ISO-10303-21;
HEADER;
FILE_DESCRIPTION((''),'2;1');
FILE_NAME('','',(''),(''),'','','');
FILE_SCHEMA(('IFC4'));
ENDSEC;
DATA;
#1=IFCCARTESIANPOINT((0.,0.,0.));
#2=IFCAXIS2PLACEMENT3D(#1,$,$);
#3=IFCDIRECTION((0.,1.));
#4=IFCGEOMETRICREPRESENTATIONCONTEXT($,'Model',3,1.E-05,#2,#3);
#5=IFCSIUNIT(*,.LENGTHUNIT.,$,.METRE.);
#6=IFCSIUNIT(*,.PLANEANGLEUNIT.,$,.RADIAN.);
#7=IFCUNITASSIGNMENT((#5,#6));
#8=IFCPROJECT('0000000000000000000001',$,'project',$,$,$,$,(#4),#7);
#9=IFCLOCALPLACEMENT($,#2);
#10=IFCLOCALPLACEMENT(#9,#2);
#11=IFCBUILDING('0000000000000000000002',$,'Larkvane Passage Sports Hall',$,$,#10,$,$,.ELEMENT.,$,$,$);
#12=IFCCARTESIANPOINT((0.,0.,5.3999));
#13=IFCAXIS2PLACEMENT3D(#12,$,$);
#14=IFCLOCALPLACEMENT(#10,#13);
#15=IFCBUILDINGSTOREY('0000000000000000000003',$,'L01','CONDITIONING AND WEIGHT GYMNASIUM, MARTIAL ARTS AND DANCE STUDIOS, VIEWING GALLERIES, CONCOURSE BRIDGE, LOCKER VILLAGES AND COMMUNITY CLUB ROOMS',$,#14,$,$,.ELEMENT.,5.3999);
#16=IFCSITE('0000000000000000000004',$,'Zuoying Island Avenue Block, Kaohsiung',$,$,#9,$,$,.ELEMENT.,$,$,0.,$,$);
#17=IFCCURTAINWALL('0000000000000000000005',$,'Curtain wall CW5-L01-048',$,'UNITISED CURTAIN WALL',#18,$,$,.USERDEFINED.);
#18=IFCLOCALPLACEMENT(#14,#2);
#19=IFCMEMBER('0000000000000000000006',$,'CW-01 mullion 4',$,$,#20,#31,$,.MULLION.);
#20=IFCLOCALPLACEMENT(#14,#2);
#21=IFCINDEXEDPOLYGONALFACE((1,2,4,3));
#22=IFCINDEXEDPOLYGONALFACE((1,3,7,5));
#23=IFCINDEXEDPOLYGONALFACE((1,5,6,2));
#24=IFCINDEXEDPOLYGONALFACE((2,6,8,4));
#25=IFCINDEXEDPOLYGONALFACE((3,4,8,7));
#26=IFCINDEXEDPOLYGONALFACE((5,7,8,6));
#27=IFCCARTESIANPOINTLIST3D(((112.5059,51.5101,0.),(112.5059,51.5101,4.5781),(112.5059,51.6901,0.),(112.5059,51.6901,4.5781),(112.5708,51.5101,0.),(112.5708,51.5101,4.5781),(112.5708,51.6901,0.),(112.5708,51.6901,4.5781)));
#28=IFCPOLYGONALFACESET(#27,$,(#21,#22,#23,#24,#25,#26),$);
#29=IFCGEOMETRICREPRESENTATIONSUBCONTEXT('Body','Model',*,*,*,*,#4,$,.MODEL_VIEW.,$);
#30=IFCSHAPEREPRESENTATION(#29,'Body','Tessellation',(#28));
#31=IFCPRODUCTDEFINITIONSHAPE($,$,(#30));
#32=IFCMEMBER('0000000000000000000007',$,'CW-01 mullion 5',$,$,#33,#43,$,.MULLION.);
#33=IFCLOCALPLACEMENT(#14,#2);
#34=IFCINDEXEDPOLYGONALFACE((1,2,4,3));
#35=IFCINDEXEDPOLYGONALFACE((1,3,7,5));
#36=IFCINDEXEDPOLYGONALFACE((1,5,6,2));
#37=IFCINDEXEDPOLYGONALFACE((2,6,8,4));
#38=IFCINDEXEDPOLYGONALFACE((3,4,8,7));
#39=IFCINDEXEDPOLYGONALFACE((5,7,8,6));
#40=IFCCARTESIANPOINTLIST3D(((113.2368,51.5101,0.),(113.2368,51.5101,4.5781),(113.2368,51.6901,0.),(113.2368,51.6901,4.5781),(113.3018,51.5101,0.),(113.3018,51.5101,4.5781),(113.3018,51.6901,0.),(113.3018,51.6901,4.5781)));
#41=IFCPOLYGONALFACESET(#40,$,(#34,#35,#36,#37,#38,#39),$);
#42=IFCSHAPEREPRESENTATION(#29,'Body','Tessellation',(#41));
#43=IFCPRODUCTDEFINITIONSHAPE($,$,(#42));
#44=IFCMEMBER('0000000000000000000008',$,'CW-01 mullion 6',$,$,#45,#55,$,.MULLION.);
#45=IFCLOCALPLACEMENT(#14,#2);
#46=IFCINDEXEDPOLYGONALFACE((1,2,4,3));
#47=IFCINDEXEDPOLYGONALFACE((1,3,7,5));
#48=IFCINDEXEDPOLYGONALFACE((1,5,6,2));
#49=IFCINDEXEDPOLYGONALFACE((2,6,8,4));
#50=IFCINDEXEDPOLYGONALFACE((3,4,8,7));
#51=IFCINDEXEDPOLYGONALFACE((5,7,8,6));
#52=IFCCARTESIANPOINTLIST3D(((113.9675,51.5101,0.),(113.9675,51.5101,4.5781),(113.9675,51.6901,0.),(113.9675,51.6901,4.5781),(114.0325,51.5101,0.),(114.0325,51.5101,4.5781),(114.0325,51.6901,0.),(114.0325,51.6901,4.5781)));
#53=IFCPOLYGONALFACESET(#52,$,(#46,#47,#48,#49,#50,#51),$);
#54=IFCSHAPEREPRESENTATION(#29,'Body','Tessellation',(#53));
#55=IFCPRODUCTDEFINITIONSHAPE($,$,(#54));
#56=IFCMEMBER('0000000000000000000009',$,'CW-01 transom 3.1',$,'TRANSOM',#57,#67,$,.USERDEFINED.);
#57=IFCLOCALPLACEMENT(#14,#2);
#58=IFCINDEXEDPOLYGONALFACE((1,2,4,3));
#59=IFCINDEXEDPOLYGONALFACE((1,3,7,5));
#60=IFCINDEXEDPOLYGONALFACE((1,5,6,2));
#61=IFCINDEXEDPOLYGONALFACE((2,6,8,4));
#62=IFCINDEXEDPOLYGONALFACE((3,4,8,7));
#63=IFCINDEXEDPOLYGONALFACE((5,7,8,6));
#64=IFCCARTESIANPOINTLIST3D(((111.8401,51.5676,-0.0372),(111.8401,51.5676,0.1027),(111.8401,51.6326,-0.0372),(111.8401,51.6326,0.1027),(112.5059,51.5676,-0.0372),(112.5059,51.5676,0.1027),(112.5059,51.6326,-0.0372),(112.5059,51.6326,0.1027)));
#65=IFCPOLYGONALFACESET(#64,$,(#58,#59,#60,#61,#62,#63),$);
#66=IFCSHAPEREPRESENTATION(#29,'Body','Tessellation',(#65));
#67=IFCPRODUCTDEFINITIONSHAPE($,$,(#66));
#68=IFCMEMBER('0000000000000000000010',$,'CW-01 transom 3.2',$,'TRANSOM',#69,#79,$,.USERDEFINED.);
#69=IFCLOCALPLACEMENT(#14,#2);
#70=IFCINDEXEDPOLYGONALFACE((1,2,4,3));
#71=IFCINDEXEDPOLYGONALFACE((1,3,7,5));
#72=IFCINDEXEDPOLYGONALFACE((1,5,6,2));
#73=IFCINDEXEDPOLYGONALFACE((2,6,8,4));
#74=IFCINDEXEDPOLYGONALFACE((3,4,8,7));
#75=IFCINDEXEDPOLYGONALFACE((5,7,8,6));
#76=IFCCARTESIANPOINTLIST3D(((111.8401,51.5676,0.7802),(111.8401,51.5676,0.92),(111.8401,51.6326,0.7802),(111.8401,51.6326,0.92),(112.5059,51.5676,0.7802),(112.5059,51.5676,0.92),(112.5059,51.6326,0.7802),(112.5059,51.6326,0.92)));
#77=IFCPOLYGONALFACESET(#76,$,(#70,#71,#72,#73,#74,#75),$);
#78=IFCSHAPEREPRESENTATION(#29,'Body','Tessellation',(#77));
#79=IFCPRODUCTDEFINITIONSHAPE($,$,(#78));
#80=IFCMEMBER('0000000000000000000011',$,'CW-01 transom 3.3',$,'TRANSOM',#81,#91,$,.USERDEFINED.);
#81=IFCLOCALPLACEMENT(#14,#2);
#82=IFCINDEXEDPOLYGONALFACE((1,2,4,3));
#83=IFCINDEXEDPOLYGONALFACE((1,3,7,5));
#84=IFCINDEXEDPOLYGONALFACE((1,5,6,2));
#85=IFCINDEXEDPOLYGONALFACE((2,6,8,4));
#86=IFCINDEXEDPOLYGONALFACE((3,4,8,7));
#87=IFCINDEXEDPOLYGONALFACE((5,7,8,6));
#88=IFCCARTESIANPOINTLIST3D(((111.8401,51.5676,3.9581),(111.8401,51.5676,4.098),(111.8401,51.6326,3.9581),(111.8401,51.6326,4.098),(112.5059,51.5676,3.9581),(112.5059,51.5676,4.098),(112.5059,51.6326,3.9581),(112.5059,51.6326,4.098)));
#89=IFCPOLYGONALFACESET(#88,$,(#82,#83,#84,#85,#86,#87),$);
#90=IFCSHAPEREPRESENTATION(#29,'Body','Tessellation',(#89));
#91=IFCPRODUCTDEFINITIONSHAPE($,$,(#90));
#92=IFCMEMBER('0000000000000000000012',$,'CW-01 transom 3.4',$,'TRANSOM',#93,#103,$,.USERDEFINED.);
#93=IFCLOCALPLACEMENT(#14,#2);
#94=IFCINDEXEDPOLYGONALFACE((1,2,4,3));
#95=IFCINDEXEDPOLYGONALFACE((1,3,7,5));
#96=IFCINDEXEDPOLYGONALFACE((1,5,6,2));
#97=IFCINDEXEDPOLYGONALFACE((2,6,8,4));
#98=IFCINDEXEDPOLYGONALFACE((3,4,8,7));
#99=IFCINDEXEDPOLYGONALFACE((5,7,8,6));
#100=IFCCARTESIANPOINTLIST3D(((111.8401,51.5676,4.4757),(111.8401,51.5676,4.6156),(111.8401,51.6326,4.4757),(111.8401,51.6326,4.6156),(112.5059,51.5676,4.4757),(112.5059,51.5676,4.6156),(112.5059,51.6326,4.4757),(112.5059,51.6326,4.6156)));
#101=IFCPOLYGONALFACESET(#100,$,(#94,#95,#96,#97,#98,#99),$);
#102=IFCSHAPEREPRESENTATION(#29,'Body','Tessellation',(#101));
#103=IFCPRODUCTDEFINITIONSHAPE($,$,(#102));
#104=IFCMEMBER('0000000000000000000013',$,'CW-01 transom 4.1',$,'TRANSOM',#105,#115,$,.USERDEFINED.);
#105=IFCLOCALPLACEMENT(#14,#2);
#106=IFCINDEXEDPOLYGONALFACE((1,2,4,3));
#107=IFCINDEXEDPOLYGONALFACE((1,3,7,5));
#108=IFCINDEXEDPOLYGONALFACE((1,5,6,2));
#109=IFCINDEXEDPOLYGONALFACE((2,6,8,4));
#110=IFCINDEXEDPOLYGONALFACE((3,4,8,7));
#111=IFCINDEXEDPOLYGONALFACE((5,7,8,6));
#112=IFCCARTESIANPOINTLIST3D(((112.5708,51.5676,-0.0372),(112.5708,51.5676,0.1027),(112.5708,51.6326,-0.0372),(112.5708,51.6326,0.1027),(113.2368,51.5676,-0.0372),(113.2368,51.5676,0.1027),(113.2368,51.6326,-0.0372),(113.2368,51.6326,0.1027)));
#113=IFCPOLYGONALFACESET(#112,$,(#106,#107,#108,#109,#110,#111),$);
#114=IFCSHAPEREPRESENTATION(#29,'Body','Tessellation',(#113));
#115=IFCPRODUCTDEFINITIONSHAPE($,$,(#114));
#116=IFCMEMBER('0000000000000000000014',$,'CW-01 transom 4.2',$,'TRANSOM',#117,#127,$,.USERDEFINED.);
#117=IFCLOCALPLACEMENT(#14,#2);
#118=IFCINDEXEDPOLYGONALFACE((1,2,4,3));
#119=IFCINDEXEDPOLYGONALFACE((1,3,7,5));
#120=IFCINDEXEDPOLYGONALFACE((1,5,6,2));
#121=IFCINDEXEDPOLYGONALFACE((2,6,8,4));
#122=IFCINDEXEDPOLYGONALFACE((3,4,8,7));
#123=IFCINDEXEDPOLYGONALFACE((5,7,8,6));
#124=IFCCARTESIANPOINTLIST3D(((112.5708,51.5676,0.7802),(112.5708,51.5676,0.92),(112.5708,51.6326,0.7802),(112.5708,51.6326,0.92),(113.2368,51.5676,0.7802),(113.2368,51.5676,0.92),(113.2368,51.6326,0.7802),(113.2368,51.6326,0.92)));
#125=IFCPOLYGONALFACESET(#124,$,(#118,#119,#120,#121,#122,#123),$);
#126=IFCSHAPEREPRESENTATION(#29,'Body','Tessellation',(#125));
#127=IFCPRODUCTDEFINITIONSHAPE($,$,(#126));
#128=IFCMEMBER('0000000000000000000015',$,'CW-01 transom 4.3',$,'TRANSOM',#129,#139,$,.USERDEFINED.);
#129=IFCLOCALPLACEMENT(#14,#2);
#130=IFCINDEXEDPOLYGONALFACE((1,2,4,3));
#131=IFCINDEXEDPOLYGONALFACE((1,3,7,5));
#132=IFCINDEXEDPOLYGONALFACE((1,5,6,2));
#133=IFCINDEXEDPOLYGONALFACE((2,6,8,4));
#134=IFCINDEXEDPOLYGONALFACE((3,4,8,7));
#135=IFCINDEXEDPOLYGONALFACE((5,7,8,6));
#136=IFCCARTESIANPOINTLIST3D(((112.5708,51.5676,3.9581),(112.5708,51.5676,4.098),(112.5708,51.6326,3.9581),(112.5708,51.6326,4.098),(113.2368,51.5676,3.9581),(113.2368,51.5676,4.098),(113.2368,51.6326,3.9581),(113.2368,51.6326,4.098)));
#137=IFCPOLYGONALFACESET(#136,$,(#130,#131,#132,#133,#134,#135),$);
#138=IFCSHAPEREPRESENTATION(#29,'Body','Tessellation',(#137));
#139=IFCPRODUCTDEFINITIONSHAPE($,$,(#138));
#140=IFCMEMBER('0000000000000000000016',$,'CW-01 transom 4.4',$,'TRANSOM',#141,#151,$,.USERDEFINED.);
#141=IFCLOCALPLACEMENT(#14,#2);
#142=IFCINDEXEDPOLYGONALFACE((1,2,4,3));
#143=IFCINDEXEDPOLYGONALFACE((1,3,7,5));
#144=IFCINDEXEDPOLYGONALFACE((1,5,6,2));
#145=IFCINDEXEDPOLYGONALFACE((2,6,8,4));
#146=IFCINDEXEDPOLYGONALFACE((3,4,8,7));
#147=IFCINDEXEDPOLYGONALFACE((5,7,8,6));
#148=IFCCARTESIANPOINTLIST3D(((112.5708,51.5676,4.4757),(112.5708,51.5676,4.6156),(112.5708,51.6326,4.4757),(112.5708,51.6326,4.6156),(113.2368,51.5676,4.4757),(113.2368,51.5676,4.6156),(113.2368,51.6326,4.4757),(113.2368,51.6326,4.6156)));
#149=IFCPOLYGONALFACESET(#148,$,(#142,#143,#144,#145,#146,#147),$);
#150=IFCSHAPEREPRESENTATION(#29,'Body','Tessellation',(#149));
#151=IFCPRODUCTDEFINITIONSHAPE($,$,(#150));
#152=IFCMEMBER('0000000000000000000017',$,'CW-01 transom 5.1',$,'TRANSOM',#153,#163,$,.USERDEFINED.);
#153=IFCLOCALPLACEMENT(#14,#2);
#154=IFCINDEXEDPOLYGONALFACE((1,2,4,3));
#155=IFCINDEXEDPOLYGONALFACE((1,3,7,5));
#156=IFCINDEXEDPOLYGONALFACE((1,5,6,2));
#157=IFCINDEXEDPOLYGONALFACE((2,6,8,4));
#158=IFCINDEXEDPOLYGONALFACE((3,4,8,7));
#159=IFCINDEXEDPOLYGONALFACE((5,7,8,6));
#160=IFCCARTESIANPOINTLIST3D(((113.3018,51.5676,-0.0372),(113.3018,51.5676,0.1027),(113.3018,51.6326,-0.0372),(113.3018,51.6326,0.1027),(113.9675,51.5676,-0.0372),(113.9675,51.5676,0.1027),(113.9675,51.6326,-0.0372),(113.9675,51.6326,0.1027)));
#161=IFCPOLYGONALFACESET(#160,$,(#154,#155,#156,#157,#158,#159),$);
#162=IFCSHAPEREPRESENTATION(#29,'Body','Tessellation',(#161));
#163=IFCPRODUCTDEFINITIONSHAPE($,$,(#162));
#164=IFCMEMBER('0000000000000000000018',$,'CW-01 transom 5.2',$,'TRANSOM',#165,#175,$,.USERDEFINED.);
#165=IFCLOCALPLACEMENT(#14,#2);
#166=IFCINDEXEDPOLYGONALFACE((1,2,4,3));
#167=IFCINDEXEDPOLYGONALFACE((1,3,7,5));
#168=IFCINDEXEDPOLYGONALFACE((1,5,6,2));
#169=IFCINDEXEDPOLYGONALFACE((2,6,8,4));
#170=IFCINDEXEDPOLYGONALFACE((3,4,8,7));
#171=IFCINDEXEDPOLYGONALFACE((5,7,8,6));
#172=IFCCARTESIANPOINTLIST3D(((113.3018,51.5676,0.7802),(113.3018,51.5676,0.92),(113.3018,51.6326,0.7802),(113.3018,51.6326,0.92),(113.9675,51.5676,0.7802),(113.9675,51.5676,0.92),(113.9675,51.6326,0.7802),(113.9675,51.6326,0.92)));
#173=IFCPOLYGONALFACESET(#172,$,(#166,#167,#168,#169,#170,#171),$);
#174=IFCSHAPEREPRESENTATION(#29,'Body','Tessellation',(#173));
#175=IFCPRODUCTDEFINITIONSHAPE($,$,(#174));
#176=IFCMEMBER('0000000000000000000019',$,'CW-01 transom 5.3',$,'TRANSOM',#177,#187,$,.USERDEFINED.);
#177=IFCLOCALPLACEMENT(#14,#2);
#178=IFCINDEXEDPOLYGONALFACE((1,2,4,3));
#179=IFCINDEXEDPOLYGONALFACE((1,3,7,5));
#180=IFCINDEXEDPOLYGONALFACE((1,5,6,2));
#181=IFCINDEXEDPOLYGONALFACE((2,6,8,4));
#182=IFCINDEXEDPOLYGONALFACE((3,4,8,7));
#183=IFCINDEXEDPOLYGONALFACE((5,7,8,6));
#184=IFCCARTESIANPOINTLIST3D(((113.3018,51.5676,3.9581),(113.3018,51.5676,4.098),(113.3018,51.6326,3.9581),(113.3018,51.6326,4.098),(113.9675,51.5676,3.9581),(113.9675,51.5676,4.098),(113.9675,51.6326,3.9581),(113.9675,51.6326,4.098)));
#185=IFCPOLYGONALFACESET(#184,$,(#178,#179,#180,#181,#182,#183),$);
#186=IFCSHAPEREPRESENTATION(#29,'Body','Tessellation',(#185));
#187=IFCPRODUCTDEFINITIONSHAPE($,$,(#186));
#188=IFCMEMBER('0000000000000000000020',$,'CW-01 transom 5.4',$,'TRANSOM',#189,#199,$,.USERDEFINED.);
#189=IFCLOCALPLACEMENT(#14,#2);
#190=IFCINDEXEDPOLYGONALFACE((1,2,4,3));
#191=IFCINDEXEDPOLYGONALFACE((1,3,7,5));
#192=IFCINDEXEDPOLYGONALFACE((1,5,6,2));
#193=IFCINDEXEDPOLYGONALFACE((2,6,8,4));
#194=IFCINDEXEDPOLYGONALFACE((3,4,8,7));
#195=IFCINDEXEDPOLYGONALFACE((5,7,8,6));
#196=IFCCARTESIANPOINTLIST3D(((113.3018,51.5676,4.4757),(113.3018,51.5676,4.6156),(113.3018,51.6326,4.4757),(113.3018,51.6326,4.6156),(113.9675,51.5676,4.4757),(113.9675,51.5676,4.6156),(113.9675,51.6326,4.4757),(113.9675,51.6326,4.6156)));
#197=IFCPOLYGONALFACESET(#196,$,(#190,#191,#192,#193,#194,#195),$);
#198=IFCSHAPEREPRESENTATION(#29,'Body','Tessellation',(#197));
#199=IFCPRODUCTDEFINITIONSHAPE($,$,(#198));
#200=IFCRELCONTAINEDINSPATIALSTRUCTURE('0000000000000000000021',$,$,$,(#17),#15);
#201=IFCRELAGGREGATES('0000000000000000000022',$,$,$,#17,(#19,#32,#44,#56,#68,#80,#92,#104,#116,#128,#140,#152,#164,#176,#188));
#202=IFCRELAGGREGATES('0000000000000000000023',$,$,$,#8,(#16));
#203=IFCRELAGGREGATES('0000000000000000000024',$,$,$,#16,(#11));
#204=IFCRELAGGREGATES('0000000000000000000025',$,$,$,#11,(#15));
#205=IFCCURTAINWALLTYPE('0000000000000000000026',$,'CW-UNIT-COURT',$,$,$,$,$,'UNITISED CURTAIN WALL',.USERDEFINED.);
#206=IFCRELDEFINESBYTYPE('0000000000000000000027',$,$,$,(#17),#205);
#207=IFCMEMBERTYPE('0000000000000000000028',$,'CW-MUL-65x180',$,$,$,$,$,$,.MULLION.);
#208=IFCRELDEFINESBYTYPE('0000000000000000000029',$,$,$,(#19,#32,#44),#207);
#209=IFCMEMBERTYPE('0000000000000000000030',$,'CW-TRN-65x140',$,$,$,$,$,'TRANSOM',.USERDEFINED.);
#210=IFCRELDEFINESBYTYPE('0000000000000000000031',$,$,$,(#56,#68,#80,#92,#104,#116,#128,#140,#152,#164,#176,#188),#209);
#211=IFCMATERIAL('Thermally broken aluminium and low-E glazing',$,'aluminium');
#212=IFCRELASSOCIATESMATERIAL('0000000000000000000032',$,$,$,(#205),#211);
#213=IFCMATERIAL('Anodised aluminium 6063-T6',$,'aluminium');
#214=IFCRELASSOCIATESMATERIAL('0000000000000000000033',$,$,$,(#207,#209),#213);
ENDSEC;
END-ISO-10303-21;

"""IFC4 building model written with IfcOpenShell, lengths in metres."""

from ifc_helpers import new_model, si_unit, direction, frame, origin, origin_2d, place, context, subcontext, project, spatial, rectangle, extrude, material, material_profile, profile_set, type_object, element, aggregate, save


model = new_model("IFC4")

# Units and contexts
model_context = context("Model", 3, precision=1e-05, world=origin(), true_north=direction((0.0, 1.0)))
body_context = subcontext(model_context, "Body", "Model", "MODEL_VIEW")
ifc_project = project(units=[si_unit("LENGTHUNIT", "METRE"), si_unit("PLANEANGLEUNIT", "RADIAN")], contexts=[model_context])

# Site, building, storey
site_placement = place(None, origin())
site = spatial("IfcSite", under=ifc_project, at=site_placement, Name="Zuoying Island Avenue Block, Kaohsiung", CompositionType="ELEMENT", RefElevation=0.0)
building_placement = place(site_placement, origin())
building = spatial("IfcBuilding", under=site, at=building_placement, Name="Larkvane Passage Sports Hall", CompositionType="ELEMENT")
storey_placement = place(building_placement, frame((0.0, 0.0, 5.3999)))
storey = spatial("IfcBuildingStorey", under=building, at=storey_placement, Name="L01", Description="CONDITIONING AND WEIGHT GYMNASIUM, MARTIAL ARTS AND DANCE STUDIOS, VIEWING GALLERIES, CONCOURSE BRIDGE, LOCKER VILLAGES AND COMMUNITY CLUB ROOMS", CompositionType="ELEMENT", Elevation=5.3999)

# Curtain wall, members
ifc_material_1 = material(Name="Thermally broken aluminium and low-E glazing", Category="aluminium")
curtain_wall_type = type_object("IfcCurtainWallType", Name="CW-UNIT-COURT", ElementType="UNITISED CURTAIN WALL", PredefinedType="USERDEFINED", material=ifc_material_1)
curtain_wall_placement = place(storey_placement, origin())
curtain_wall = element("IfcCurtainWall", 1, at=curtain_wall_placement, inside=storey, type_object=curtain_wall_type, Name="Curtain wall CW5-L01-048", ObjectType="UNITISED CURTAIN WALL", PredefinedType="USERDEFINED")
ifc_material_2 = material(Name="Anodised aluminium 6063-T6", Category="aluminium")
ifc_material_profile_1 = material_profile(ifc_material_2, rectangle(XDim=0.0649, YDim=0.1799, at=origin_2d()), Name="ALU-MUL-65x180")
ifc_profile_set_1 = profile_set([ifc_material_profile_1], Name="Anodised aluminium 6063-T6")
member_type_1 = type_object("IfcMemberType", Name="CW-MUL-65x180", PredefinedType="MULLION", material=ifc_profile_set_1)
member_1_placement = place(storey_placement, frame((112.5383, 51.6001, 0.0), z_axis=(0.0, 0.0, 1.0), x_axis=(1.0, 0.0, 0.0)))
member_1 = element("IfcMember", 2, at=member_1_placement, type_object=member_type_1, Name="CW-01 mullion 4", PredefinedType="MULLION", context=body_context, shape_type="SweptSolid", body=[
    extrude(rectangle(XDim=0.0649, YDim=0.1799, at=origin_2d()), origin(), (0.0, 0.0, 1.0), 4.5781),
])
member_2_placement = place(storey_placement, frame((113.2693, 51.6001, 0.0), z_axis=(0.0, 0.0, 1.0), x_axis=(1.0, 0.0, 0.0)))
member_2 = element("IfcMember", 3, at=member_2_placement, type_object=member_type_1, Name="CW-01 mullion 5", PredefinedType="MULLION", context=body_context, shape_type="SweptSolid", body=[
    extrude(rectangle(XDim=0.0649, YDim=0.1799, at=origin_2d()), origin(), (0.0, 0.0, 1.0), 4.5781),
])
member_3_placement = place(storey_placement, frame((114.0, 51.6001, 0.0), z_axis=(0.0, 0.0, 1.0), x_axis=(1.0, 0.0, 0.0)))
member_3 = element("IfcMember", 4, at=member_3_placement, type_object=member_type_1, Name="CW-01 mullion 6", PredefinedType="MULLION", context=body_context, shape_type="SweptSolid", body=[
    extrude(rectangle(XDim=0.0649, YDim=0.1799, at=origin_2d()), origin(), (0.0, 0.0, 1.0), 4.5781),
])
ifc_material_profile_2 = material_profile(ifc_material_2, rectangle(XDim=0.0649, YDim=0.1399, at=origin_2d()), Name="ALU-TRN-65x140")
ifc_profile_set_2 = profile_set([ifc_material_profile_2], Name="Anodised aluminium 6063-T6")
member_type_2 = type_object("IfcMemberType", Name="CW-TRN-65x140", ElementType="TRANSOM", PredefinedType="USERDEFINED", material=ifc_profile_set_2)
member_4_placement = place(storey_placement, frame((111.8401, 51.6001, 0.0327), z_axis=(1.0, 0.0, 0.0), x_axis=(0.0, 1.0, 0.0)))
member_4 = element("IfcMember", 5, at=member_4_placement, type_object=member_type_2, Name="CW-01 transom 3.1", ObjectType="TRANSOM", PredefinedType="USERDEFINED", context=body_context, shape_type="SweptSolid", body=[
    extrude(rectangle(XDim=0.0649, YDim=0.1399, at=origin_2d()), origin(), (0.0, 0.0, 1.0), 0.6658),
])
member_5_placement = place(storey_placement, frame((111.8401, 51.6001, 0.8501), z_axis=(1.0, 0.0, 0.0), x_axis=(0.0, 1.0, 0.0)))
member_5 = element("IfcMember", 6, at=member_5_placement, type_object=member_type_2, Name="CW-01 transom 3.2", ObjectType="TRANSOM", PredefinedType="USERDEFINED", context=body_context, shape_type="SweptSolid", body=[
    extrude(rectangle(XDim=0.0649, YDim=0.1399, at=origin_2d()), origin(), (0.0, 0.0, 1.0), 0.6658),
])
member_6_placement = place(storey_placement, frame((111.8401, 51.6001, 4.0281), z_axis=(1.0, 0.0, 0.0), x_axis=(0.0, 1.0, 0.0)))
member_6 = element("IfcMember", 7, at=member_6_placement, type_object=member_type_2, Name="CW-01 transom 3.3", ObjectType="TRANSOM", PredefinedType="USERDEFINED", context=body_context, shape_type="SweptSolid", body=[
    extrude(rectangle(XDim=0.0649, YDim=0.1399, at=origin_2d()), origin(), (0.0, 0.0, 1.0), 0.6658),
])
member_7_placement = place(storey_placement, frame((111.8401, 51.6001, 4.5457), z_axis=(1.0, 0.0, 0.0), x_axis=(0.0, 1.0, 0.0)))
member_7 = element("IfcMember", 8, at=member_7_placement, type_object=member_type_2, Name="CW-01 transom 3.4", ObjectType="TRANSOM", PredefinedType="USERDEFINED", context=body_context, shape_type="SweptSolid", body=[
    extrude(rectangle(XDim=0.0649, YDim=0.1399, at=origin_2d()), origin(), (0.0, 0.0, 1.0), 0.6658),
])
member_8_placement = place(storey_placement, frame((112.5708, 51.6001, 0.0327), z_axis=(1.0, 0.0, 0.0), x_axis=(0.0, 1.0, 0.0)))
member_8 = element("IfcMember", 9, at=member_8_placement, type_object=member_type_2, Name="CW-01 transom 4.1", ObjectType="TRANSOM", PredefinedType="USERDEFINED", context=body_context, shape_type="SweptSolid", body=[
    extrude(rectangle(XDim=0.0649, YDim=0.1399, at=origin_2d()), origin(), (0.0, 0.0, 1.0), 0.666),
])
member_9_placement = place(storey_placement, frame((112.5708, 51.6001, 0.8501), z_axis=(1.0, 0.0, 0.0), x_axis=(0.0, 1.0, 0.0)))
member_9 = element("IfcMember", 10, at=member_9_placement, type_object=member_type_2, Name="CW-01 transom 4.2", ObjectType="TRANSOM", PredefinedType="USERDEFINED", context=body_context, shape_type="SweptSolid", body=[
    extrude(rectangle(XDim=0.0649, YDim=0.1399, at=origin_2d()), origin(), (0.0, 0.0, 1.0), 0.666),
])
member_10_placement = place(storey_placement, frame((112.5708, 51.6001, 4.0281), z_axis=(1.0, 0.0, 0.0), x_axis=(0.0, 1.0, 0.0)))
member_10 = element("IfcMember", 11, at=member_10_placement, type_object=member_type_2, Name="CW-01 transom 4.3", ObjectType="TRANSOM", PredefinedType="USERDEFINED", context=body_context, shape_type="SweptSolid", body=[
    extrude(rectangle(XDim=0.0649, YDim=0.1399, at=origin_2d()), origin(), (0.0, 0.0, 1.0), 0.666),
])
member_11_placement = place(storey_placement, frame((112.5708, 51.6001, 4.5457), z_axis=(1.0, 0.0, 0.0), x_axis=(0.0, 1.0, 0.0)))
member_11 = element("IfcMember", 12, at=member_11_placement, type_object=member_type_2, Name="CW-01 transom 4.4", ObjectType="TRANSOM", PredefinedType="USERDEFINED", context=body_context, shape_type="SweptSolid", body=[
    extrude(rectangle(XDim=0.0649, YDim=0.1399, at=origin_2d()), origin(), (0.0, 0.0, 1.0), 0.666),
])
member_12_placement = place(storey_placement, frame((113.3018, 51.6001, 0.0327), z_axis=(1.0, 0.0, 0.0), x_axis=(0.0, 1.0, 0.0)))
member_12 = element("IfcMember", 13, at=member_12_placement, type_object=member_type_2, Name="CW-01 transom 5.1", ObjectType="TRANSOM", PredefinedType="USERDEFINED", context=body_context, shape_type="SweptSolid", body=[
    extrude(rectangle(XDim=0.0649, YDim=0.1399, at=origin_2d()), origin(), (0.0, 0.0, 1.0), 0.6658),
])
member_13_placement = place(storey_placement, frame((113.3018, 51.6001, 0.8501), z_axis=(1.0, 0.0, 0.0), x_axis=(0.0, 1.0, 0.0)))
member_13 = element("IfcMember", 14, at=member_13_placement, type_object=member_type_2, Name="CW-01 transom 5.2", ObjectType="TRANSOM", PredefinedType="USERDEFINED", context=body_context, shape_type="SweptSolid", body=[
    extrude(rectangle(XDim=0.0649, YDim=0.1399, at=origin_2d()), origin(), (0.0, 0.0, 1.0), 0.6658),
])
member_14_placement = place(storey_placement, frame((113.3018, 51.6001, 4.0281), z_axis=(1.0, 0.0, 0.0), x_axis=(0.0, 1.0, 0.0)))
member_14 = element("IfcMember", 15, at=member_14_placement, type_object=member_type_2, Name="CW-01 transom 5.3", ObjectType="TRANSOM", PredefinedType="USERDEFINED", context=body_context, shape_type="SweptSolid", body=[
    extrude(rectangle(XDim=0.0649, YDim=0.1399, at=origin_2d()), origin(), (0.0, 0.0, 1.0), 0.6658),
])
member_15_placement = place(storey_placement, frame((113.3018, 51.6001, 4.5457), z_axis=(1.0, 0.0, 0.0), x_axis=(0.0, 1.0, 0.0)))
member_15 = element("IfcMember", 16, at=member_15_placement, type_object=member_type_2, Name="CW-01 transom 5.4", ObjectType="TRANSOM", PredefinedType="USERDEFINED", context=body_context, shape_type="SweptSolid", body=[
    extrude(rectangle(XDim=0.0649, YDim=0.1399, at=origin_2d()), origin(), (0.0, 0.0, 1.0), 0.6658),
])
aggregate(curtain_wall, [member_1, member_2, member_3, member_4, member_5, member_6, member_7, member_8, member_9, member_10, member_11, member_12, member_13, member_14, member_15])

save(model, "model.ifc")
